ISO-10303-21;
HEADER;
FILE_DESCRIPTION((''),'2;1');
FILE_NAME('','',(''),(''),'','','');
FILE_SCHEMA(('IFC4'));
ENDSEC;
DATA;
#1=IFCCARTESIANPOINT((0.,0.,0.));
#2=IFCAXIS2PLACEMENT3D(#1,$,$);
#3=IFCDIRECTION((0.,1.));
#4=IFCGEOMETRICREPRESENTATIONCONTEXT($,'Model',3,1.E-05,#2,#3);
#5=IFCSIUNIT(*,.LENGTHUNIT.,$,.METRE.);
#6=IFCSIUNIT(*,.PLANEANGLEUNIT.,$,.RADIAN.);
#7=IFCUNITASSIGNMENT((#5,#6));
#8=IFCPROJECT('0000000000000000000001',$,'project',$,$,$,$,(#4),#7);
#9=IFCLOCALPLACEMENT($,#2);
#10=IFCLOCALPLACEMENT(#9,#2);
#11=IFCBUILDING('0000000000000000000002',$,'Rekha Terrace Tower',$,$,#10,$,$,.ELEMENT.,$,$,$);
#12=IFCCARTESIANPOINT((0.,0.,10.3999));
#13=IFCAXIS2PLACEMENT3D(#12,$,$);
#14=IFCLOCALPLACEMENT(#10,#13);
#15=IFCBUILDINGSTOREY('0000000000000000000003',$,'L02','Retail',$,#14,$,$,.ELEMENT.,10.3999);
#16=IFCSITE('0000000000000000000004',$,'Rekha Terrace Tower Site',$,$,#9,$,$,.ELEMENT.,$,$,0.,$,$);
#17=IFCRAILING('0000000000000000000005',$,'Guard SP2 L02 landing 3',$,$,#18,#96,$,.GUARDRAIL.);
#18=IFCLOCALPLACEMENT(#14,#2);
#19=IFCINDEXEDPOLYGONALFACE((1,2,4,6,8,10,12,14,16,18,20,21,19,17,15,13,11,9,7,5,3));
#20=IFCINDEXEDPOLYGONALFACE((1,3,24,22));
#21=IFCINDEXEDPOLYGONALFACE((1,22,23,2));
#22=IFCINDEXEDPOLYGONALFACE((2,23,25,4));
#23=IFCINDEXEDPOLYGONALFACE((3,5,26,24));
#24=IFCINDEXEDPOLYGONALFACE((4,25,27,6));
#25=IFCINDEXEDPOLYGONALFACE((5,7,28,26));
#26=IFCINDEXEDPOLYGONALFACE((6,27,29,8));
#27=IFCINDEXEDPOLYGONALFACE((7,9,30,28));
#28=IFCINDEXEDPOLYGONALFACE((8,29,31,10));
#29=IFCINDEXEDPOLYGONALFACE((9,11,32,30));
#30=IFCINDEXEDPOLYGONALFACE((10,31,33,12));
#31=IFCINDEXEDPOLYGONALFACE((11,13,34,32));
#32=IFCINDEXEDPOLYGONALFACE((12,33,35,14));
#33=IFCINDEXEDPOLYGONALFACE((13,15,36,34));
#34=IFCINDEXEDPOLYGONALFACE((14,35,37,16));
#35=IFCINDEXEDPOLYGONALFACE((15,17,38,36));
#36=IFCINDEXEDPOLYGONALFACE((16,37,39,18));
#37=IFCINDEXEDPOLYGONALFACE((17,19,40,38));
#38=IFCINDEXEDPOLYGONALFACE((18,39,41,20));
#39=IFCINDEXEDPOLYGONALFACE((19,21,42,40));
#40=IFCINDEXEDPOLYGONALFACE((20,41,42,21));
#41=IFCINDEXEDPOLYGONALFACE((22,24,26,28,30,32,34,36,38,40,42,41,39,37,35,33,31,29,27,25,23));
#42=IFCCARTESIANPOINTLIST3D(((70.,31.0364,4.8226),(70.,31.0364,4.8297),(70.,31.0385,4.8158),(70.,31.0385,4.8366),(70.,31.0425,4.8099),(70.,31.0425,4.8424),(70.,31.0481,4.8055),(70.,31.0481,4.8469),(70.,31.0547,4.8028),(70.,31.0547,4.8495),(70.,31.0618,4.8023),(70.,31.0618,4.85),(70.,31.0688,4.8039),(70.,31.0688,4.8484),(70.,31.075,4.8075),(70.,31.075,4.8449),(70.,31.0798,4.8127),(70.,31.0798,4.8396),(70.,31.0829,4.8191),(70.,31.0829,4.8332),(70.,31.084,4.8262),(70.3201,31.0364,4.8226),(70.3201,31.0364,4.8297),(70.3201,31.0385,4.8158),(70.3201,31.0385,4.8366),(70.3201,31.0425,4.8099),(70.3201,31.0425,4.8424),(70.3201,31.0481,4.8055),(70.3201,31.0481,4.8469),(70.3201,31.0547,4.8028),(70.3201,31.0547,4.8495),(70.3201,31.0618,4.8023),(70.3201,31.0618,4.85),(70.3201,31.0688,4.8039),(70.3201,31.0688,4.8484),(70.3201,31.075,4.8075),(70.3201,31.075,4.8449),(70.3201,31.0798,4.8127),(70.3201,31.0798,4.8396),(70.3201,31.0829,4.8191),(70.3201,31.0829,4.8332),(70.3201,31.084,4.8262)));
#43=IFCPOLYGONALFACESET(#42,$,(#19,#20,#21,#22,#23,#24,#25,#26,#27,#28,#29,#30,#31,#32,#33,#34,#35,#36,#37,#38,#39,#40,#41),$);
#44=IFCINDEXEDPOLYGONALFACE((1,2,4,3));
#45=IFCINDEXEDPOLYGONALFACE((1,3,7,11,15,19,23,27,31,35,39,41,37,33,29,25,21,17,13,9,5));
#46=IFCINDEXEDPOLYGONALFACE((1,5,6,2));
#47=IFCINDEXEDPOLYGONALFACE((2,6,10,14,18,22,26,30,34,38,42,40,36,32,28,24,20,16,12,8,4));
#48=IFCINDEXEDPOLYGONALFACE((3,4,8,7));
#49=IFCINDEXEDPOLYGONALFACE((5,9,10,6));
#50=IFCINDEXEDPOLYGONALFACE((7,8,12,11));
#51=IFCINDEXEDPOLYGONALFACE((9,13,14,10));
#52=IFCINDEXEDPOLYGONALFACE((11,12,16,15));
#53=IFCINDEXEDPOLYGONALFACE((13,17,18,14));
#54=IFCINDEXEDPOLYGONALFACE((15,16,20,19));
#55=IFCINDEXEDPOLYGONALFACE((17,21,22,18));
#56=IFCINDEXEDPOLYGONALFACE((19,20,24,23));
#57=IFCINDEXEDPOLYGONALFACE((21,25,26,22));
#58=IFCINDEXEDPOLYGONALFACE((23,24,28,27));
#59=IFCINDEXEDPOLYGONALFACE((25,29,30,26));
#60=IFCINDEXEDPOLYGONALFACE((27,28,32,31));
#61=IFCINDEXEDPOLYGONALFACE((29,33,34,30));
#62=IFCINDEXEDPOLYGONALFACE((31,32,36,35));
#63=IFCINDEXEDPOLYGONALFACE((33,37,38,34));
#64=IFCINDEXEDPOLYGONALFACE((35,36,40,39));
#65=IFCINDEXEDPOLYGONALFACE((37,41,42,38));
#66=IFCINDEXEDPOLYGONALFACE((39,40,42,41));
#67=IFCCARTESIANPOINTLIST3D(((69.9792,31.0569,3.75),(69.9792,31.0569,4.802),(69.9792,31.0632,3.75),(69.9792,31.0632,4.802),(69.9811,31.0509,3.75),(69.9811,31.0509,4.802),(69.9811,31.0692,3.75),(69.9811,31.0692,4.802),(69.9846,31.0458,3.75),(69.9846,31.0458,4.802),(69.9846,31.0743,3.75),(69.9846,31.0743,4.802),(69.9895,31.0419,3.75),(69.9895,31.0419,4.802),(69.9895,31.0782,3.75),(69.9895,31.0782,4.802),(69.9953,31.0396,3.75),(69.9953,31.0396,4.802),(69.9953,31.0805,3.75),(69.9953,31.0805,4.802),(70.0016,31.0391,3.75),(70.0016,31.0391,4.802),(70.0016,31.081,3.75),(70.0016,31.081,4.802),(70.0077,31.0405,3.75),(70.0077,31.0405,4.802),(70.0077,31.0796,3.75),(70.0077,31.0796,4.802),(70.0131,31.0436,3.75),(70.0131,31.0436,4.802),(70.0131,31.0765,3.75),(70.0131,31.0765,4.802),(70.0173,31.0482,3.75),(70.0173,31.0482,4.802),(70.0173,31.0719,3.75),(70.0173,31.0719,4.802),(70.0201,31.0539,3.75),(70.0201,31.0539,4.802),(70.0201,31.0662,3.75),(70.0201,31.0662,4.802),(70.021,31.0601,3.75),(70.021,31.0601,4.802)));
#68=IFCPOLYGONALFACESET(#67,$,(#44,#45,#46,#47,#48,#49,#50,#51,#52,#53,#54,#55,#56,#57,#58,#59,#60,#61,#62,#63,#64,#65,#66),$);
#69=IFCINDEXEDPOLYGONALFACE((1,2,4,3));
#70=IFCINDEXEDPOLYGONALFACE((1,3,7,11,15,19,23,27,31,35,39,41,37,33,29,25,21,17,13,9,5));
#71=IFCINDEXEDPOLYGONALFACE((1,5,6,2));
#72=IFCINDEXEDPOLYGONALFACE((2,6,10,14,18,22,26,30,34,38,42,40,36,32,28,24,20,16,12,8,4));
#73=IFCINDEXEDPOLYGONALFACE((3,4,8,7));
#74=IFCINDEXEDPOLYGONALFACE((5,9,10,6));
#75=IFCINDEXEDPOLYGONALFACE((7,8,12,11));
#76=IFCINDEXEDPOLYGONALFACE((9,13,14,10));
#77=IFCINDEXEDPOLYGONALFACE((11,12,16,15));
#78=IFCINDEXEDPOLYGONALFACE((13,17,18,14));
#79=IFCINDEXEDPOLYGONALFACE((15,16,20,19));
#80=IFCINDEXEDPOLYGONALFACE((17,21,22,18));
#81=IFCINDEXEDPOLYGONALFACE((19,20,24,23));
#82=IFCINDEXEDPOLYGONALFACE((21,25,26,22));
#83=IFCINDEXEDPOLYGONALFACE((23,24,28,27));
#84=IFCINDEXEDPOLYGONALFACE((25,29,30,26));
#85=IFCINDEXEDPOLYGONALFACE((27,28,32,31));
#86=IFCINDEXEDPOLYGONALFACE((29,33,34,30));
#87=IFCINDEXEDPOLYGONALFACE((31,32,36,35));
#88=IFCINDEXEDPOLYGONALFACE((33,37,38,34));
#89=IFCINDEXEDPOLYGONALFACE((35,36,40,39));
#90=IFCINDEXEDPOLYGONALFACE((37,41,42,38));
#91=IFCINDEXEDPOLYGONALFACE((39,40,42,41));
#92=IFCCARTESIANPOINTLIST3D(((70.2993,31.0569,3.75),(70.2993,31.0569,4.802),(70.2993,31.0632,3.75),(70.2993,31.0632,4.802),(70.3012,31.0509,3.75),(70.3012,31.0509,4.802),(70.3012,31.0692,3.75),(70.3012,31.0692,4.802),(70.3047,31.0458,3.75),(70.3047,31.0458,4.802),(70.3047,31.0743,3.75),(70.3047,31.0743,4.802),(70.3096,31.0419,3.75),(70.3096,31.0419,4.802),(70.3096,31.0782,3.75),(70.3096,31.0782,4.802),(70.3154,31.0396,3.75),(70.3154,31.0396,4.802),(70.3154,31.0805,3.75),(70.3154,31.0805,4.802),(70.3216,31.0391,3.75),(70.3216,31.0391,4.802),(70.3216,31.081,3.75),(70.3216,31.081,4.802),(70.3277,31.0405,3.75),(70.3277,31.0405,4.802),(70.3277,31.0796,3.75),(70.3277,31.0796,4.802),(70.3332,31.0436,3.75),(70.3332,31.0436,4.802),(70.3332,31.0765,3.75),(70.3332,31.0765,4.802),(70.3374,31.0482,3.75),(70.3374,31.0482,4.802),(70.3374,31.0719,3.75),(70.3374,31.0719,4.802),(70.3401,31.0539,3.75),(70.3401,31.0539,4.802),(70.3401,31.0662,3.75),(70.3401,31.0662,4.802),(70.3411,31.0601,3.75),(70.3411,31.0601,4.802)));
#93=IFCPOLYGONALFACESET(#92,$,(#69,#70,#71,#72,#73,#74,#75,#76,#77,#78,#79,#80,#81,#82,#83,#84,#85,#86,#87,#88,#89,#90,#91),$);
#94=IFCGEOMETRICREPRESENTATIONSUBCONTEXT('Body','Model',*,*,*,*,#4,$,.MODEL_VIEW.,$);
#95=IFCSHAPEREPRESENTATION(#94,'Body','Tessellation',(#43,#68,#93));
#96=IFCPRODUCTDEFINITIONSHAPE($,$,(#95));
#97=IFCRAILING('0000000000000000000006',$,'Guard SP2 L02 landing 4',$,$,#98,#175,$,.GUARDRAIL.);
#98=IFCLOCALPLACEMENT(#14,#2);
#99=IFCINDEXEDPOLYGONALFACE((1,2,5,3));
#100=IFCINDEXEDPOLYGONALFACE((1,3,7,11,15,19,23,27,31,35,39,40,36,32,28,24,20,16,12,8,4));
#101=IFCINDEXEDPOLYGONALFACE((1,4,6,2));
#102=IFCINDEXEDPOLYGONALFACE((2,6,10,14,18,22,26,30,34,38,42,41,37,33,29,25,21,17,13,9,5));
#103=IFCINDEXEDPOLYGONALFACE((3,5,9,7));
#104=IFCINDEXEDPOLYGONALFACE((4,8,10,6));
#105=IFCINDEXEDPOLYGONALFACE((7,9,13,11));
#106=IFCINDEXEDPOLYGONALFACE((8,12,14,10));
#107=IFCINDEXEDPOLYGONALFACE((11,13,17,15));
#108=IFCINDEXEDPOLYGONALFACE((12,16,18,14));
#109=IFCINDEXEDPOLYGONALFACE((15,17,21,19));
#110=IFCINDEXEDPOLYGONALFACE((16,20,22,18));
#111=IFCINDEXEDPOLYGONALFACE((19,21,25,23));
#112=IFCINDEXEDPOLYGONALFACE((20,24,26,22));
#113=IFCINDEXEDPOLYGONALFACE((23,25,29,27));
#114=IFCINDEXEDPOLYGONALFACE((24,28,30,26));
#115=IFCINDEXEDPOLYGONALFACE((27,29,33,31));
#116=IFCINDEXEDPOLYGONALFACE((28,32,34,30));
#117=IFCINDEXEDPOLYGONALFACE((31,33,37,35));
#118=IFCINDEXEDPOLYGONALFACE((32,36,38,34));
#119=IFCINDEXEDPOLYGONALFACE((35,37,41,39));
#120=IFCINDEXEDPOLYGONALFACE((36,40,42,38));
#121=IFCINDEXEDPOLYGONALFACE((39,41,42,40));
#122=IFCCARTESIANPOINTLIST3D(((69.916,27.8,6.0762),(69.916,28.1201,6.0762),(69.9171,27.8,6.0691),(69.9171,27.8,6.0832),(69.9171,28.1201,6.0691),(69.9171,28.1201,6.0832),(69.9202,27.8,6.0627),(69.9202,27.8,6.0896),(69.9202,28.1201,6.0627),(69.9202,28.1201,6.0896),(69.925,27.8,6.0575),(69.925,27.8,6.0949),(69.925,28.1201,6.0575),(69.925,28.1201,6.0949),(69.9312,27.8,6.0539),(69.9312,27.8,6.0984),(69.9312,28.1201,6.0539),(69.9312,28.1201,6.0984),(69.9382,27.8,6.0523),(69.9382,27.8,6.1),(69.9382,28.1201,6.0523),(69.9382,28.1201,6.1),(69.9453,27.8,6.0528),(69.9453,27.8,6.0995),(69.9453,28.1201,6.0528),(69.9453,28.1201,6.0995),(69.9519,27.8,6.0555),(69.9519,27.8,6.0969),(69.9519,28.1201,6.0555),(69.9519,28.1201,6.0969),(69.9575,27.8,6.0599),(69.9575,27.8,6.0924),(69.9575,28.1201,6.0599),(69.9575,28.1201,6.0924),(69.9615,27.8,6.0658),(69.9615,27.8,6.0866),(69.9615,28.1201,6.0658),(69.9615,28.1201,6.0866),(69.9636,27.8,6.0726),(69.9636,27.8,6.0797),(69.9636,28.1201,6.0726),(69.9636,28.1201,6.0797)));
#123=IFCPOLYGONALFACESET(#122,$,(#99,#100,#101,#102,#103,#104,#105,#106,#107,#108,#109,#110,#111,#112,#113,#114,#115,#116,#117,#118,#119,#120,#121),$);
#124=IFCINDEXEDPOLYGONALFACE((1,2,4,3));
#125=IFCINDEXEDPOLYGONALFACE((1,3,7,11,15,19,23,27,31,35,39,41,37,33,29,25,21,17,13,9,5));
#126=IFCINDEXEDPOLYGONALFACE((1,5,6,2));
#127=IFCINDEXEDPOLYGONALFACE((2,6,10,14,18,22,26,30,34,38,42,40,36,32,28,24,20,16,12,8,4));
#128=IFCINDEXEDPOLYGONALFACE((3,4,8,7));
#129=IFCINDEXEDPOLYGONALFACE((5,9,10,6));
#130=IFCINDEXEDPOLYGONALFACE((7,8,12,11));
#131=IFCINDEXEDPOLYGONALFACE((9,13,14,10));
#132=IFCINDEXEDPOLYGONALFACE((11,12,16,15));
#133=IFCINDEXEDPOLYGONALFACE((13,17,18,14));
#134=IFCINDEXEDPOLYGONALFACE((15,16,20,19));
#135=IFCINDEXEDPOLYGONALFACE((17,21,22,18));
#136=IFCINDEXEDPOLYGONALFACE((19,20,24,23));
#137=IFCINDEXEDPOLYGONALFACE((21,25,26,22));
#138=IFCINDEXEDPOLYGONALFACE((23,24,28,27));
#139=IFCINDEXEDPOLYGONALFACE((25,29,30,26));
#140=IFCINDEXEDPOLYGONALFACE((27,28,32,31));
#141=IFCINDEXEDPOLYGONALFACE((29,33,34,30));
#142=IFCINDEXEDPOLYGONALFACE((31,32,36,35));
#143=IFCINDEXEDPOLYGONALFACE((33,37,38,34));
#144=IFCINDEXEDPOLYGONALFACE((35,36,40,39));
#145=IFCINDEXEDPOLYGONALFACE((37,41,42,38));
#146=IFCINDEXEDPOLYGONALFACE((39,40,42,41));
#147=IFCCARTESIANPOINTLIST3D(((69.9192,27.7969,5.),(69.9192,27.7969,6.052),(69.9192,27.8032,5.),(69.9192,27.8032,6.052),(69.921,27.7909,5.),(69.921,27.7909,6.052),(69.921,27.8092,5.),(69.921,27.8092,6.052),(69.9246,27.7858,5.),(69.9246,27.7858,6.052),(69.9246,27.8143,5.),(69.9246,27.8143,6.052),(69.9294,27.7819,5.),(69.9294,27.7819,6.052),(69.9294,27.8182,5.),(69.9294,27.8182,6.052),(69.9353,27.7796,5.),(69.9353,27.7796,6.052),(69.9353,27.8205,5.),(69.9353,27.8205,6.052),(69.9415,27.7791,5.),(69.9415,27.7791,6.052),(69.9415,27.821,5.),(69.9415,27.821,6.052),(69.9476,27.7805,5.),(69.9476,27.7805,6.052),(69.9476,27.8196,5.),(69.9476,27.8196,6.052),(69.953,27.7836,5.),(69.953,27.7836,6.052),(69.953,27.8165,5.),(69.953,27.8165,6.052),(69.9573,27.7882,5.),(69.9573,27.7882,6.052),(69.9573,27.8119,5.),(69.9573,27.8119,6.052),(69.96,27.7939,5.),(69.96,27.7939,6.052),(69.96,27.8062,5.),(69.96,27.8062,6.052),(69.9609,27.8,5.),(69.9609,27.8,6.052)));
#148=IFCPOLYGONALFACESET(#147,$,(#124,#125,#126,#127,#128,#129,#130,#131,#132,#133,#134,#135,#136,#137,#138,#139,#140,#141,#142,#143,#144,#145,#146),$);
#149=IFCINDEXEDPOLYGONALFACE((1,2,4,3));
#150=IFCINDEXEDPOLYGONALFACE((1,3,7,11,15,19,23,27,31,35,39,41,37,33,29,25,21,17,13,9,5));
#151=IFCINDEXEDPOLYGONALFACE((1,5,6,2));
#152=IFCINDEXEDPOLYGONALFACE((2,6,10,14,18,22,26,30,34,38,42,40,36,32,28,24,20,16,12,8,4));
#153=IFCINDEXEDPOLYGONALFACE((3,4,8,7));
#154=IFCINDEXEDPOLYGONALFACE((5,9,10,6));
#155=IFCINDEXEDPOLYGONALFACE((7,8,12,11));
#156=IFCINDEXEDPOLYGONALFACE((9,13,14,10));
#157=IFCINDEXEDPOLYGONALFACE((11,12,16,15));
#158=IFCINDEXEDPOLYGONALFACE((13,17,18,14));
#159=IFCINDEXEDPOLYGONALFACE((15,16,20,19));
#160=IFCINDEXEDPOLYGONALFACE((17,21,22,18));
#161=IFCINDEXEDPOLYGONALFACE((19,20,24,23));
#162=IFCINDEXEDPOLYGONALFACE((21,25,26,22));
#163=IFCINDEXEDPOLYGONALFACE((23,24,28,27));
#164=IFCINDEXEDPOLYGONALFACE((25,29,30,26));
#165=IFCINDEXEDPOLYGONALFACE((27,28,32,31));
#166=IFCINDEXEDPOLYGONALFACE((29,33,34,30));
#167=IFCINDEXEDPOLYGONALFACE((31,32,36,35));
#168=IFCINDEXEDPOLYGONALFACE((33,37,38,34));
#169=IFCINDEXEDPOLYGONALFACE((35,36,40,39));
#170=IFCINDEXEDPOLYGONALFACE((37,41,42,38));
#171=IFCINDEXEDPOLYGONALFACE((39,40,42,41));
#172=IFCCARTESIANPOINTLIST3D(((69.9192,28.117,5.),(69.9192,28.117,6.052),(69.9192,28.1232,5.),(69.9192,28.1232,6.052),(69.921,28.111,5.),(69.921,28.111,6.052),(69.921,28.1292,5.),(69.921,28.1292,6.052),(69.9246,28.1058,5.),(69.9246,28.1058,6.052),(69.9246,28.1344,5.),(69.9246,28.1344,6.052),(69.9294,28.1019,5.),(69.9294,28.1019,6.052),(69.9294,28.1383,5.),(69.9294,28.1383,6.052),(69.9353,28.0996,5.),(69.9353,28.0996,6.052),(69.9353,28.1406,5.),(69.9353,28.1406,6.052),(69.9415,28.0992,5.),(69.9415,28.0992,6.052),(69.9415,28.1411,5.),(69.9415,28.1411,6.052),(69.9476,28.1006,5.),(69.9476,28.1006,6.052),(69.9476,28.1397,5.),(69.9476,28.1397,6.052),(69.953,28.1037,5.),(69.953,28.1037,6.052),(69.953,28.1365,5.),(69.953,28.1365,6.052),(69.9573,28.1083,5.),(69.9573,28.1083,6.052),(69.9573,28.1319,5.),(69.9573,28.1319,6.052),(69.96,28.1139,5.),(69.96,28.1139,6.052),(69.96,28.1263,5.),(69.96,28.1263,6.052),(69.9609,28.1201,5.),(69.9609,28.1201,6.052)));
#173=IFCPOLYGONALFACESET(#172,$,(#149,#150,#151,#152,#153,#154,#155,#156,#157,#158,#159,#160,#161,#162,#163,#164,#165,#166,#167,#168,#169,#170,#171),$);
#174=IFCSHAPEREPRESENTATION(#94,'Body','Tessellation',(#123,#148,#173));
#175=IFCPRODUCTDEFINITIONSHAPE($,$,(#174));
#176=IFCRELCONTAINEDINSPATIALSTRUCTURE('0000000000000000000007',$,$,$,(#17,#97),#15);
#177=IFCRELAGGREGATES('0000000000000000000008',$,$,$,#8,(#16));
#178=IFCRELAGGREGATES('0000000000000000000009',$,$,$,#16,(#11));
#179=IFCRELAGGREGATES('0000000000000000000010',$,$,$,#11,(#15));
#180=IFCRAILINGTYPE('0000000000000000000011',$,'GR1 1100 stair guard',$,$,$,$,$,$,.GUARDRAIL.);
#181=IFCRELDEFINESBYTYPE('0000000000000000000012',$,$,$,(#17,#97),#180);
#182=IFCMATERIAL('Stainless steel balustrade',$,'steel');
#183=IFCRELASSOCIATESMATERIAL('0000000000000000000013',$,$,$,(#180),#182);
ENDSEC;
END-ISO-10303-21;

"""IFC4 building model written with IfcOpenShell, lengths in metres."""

from ifc_helpers import new_model, si_unit, direction, frame, origin, origin_2d, place, context, subcontext, project, spatial, circle, extrude, material, type_object, element, save


model = new_model("IFC4")

# Units and contexts
model_context = context("Model", 3, precision=1e-05, world=origin(), true_north=direction((0.0, 1.0)))
body_context = subcontext(model_context, "Body", "Model", "MODEL_VIEW")
ifc_project = project(units=[si_unit("LENGTHUNIT", "METRE"), si_unit("PLANEANGLEUNIT", "RADIAN")], contexts=[model_context])

# Site, building, storey
site_placement = place(None, origin())
site = spatial("IfcSite", under=ifc_project, at=site_placement, Name="Rekha Terrace Tower Site", CompositionType="ELEMENT", RefElevation=0.0)
building_placement = place(site_placement, origin())
building = spatial("IfcBuilding", under=site, at=building_placement, Name="Rekha Terrace Tower", CompositionType="ELEMENT")
storey_placement = place(building_placement, frame((0.0, 0.0, 10.3999)))
storey = spatial("IfcBuildingStorey", under=building, at=storey_placement, Name="L02", Description="Retail", CompositionType="ELEMENT", Elevation=10.3999)

# Railings
ifc_material_1 = material(Name="Stainless steel balustrade", Category="steel")
railing_type_1 = type_object("IfcRailingType", Name="GR1 1100 stair guard", PredefinedType="GUARDRAIL", material=ifc_material_1)
railing_1_placement = place(storey_placement, frame((70.0, 31.0601, 3.75)))
element("IfcRailing", 1, at=railing_1_placement, inside=storey, type_object=railing_type_1, Name="Guard SP2 L02 landing 3", PredefinedType="GUARDRAIL", context=body_context, shape_type="SweptSolid", body=[
    extrude(circle(Radius=0.0239, at=origin_2d()), frame((0.0, 0.0, 1.0762), z_axis=(1.0, 0.0, 0.0), x_axis=(0.0, 1.0, 0.0)), (0.0, 0.0, 1.0), 0.3201),
    extrude(circle(Radius=0.021, at=origin_2d()), origin(), (0.0, 0.0, 1.0), 1.052),
    extrude(circle(Radius=0.021, at=origin_2d()), frame((0.3201, 0.0, 0.0)), (0.0, 0.0, 1.0), 1.052),
])
railing_2_placement = place(storey_placement, frame((69.9399, 27.8, 5.0)))
element("IfcRailing", 2, at=railing_2_placement, inside=storey, type_object=railing_type_1, Name="Guard SP2 L02 landing 4", PredefinedType="GUARDRAIL", context=body_context, shape_type="SweptSolid", body=[
    extrude(circle(Radius=0.0239, at=origin_2d()), frame((0.0, 0.0, 1.0762), z_axis=(0.0, 1.0, 0.0), x_axis=(-1.0, 0.0, 0.0)), (0.0, 0.0, 1.0), 0.3201),
    extrude(circle(Radius=0.021, at=origin_2d()), origin(), (0.0, 0.0, 1.0), 1.052),
    extrude(circle(Radius=0.021, at=origin_2d()), frame((0.0, 0.3201, 0.0)), (0.0, 0.0, 1.0), 1.052),
])

save(model, "model.ifc")
